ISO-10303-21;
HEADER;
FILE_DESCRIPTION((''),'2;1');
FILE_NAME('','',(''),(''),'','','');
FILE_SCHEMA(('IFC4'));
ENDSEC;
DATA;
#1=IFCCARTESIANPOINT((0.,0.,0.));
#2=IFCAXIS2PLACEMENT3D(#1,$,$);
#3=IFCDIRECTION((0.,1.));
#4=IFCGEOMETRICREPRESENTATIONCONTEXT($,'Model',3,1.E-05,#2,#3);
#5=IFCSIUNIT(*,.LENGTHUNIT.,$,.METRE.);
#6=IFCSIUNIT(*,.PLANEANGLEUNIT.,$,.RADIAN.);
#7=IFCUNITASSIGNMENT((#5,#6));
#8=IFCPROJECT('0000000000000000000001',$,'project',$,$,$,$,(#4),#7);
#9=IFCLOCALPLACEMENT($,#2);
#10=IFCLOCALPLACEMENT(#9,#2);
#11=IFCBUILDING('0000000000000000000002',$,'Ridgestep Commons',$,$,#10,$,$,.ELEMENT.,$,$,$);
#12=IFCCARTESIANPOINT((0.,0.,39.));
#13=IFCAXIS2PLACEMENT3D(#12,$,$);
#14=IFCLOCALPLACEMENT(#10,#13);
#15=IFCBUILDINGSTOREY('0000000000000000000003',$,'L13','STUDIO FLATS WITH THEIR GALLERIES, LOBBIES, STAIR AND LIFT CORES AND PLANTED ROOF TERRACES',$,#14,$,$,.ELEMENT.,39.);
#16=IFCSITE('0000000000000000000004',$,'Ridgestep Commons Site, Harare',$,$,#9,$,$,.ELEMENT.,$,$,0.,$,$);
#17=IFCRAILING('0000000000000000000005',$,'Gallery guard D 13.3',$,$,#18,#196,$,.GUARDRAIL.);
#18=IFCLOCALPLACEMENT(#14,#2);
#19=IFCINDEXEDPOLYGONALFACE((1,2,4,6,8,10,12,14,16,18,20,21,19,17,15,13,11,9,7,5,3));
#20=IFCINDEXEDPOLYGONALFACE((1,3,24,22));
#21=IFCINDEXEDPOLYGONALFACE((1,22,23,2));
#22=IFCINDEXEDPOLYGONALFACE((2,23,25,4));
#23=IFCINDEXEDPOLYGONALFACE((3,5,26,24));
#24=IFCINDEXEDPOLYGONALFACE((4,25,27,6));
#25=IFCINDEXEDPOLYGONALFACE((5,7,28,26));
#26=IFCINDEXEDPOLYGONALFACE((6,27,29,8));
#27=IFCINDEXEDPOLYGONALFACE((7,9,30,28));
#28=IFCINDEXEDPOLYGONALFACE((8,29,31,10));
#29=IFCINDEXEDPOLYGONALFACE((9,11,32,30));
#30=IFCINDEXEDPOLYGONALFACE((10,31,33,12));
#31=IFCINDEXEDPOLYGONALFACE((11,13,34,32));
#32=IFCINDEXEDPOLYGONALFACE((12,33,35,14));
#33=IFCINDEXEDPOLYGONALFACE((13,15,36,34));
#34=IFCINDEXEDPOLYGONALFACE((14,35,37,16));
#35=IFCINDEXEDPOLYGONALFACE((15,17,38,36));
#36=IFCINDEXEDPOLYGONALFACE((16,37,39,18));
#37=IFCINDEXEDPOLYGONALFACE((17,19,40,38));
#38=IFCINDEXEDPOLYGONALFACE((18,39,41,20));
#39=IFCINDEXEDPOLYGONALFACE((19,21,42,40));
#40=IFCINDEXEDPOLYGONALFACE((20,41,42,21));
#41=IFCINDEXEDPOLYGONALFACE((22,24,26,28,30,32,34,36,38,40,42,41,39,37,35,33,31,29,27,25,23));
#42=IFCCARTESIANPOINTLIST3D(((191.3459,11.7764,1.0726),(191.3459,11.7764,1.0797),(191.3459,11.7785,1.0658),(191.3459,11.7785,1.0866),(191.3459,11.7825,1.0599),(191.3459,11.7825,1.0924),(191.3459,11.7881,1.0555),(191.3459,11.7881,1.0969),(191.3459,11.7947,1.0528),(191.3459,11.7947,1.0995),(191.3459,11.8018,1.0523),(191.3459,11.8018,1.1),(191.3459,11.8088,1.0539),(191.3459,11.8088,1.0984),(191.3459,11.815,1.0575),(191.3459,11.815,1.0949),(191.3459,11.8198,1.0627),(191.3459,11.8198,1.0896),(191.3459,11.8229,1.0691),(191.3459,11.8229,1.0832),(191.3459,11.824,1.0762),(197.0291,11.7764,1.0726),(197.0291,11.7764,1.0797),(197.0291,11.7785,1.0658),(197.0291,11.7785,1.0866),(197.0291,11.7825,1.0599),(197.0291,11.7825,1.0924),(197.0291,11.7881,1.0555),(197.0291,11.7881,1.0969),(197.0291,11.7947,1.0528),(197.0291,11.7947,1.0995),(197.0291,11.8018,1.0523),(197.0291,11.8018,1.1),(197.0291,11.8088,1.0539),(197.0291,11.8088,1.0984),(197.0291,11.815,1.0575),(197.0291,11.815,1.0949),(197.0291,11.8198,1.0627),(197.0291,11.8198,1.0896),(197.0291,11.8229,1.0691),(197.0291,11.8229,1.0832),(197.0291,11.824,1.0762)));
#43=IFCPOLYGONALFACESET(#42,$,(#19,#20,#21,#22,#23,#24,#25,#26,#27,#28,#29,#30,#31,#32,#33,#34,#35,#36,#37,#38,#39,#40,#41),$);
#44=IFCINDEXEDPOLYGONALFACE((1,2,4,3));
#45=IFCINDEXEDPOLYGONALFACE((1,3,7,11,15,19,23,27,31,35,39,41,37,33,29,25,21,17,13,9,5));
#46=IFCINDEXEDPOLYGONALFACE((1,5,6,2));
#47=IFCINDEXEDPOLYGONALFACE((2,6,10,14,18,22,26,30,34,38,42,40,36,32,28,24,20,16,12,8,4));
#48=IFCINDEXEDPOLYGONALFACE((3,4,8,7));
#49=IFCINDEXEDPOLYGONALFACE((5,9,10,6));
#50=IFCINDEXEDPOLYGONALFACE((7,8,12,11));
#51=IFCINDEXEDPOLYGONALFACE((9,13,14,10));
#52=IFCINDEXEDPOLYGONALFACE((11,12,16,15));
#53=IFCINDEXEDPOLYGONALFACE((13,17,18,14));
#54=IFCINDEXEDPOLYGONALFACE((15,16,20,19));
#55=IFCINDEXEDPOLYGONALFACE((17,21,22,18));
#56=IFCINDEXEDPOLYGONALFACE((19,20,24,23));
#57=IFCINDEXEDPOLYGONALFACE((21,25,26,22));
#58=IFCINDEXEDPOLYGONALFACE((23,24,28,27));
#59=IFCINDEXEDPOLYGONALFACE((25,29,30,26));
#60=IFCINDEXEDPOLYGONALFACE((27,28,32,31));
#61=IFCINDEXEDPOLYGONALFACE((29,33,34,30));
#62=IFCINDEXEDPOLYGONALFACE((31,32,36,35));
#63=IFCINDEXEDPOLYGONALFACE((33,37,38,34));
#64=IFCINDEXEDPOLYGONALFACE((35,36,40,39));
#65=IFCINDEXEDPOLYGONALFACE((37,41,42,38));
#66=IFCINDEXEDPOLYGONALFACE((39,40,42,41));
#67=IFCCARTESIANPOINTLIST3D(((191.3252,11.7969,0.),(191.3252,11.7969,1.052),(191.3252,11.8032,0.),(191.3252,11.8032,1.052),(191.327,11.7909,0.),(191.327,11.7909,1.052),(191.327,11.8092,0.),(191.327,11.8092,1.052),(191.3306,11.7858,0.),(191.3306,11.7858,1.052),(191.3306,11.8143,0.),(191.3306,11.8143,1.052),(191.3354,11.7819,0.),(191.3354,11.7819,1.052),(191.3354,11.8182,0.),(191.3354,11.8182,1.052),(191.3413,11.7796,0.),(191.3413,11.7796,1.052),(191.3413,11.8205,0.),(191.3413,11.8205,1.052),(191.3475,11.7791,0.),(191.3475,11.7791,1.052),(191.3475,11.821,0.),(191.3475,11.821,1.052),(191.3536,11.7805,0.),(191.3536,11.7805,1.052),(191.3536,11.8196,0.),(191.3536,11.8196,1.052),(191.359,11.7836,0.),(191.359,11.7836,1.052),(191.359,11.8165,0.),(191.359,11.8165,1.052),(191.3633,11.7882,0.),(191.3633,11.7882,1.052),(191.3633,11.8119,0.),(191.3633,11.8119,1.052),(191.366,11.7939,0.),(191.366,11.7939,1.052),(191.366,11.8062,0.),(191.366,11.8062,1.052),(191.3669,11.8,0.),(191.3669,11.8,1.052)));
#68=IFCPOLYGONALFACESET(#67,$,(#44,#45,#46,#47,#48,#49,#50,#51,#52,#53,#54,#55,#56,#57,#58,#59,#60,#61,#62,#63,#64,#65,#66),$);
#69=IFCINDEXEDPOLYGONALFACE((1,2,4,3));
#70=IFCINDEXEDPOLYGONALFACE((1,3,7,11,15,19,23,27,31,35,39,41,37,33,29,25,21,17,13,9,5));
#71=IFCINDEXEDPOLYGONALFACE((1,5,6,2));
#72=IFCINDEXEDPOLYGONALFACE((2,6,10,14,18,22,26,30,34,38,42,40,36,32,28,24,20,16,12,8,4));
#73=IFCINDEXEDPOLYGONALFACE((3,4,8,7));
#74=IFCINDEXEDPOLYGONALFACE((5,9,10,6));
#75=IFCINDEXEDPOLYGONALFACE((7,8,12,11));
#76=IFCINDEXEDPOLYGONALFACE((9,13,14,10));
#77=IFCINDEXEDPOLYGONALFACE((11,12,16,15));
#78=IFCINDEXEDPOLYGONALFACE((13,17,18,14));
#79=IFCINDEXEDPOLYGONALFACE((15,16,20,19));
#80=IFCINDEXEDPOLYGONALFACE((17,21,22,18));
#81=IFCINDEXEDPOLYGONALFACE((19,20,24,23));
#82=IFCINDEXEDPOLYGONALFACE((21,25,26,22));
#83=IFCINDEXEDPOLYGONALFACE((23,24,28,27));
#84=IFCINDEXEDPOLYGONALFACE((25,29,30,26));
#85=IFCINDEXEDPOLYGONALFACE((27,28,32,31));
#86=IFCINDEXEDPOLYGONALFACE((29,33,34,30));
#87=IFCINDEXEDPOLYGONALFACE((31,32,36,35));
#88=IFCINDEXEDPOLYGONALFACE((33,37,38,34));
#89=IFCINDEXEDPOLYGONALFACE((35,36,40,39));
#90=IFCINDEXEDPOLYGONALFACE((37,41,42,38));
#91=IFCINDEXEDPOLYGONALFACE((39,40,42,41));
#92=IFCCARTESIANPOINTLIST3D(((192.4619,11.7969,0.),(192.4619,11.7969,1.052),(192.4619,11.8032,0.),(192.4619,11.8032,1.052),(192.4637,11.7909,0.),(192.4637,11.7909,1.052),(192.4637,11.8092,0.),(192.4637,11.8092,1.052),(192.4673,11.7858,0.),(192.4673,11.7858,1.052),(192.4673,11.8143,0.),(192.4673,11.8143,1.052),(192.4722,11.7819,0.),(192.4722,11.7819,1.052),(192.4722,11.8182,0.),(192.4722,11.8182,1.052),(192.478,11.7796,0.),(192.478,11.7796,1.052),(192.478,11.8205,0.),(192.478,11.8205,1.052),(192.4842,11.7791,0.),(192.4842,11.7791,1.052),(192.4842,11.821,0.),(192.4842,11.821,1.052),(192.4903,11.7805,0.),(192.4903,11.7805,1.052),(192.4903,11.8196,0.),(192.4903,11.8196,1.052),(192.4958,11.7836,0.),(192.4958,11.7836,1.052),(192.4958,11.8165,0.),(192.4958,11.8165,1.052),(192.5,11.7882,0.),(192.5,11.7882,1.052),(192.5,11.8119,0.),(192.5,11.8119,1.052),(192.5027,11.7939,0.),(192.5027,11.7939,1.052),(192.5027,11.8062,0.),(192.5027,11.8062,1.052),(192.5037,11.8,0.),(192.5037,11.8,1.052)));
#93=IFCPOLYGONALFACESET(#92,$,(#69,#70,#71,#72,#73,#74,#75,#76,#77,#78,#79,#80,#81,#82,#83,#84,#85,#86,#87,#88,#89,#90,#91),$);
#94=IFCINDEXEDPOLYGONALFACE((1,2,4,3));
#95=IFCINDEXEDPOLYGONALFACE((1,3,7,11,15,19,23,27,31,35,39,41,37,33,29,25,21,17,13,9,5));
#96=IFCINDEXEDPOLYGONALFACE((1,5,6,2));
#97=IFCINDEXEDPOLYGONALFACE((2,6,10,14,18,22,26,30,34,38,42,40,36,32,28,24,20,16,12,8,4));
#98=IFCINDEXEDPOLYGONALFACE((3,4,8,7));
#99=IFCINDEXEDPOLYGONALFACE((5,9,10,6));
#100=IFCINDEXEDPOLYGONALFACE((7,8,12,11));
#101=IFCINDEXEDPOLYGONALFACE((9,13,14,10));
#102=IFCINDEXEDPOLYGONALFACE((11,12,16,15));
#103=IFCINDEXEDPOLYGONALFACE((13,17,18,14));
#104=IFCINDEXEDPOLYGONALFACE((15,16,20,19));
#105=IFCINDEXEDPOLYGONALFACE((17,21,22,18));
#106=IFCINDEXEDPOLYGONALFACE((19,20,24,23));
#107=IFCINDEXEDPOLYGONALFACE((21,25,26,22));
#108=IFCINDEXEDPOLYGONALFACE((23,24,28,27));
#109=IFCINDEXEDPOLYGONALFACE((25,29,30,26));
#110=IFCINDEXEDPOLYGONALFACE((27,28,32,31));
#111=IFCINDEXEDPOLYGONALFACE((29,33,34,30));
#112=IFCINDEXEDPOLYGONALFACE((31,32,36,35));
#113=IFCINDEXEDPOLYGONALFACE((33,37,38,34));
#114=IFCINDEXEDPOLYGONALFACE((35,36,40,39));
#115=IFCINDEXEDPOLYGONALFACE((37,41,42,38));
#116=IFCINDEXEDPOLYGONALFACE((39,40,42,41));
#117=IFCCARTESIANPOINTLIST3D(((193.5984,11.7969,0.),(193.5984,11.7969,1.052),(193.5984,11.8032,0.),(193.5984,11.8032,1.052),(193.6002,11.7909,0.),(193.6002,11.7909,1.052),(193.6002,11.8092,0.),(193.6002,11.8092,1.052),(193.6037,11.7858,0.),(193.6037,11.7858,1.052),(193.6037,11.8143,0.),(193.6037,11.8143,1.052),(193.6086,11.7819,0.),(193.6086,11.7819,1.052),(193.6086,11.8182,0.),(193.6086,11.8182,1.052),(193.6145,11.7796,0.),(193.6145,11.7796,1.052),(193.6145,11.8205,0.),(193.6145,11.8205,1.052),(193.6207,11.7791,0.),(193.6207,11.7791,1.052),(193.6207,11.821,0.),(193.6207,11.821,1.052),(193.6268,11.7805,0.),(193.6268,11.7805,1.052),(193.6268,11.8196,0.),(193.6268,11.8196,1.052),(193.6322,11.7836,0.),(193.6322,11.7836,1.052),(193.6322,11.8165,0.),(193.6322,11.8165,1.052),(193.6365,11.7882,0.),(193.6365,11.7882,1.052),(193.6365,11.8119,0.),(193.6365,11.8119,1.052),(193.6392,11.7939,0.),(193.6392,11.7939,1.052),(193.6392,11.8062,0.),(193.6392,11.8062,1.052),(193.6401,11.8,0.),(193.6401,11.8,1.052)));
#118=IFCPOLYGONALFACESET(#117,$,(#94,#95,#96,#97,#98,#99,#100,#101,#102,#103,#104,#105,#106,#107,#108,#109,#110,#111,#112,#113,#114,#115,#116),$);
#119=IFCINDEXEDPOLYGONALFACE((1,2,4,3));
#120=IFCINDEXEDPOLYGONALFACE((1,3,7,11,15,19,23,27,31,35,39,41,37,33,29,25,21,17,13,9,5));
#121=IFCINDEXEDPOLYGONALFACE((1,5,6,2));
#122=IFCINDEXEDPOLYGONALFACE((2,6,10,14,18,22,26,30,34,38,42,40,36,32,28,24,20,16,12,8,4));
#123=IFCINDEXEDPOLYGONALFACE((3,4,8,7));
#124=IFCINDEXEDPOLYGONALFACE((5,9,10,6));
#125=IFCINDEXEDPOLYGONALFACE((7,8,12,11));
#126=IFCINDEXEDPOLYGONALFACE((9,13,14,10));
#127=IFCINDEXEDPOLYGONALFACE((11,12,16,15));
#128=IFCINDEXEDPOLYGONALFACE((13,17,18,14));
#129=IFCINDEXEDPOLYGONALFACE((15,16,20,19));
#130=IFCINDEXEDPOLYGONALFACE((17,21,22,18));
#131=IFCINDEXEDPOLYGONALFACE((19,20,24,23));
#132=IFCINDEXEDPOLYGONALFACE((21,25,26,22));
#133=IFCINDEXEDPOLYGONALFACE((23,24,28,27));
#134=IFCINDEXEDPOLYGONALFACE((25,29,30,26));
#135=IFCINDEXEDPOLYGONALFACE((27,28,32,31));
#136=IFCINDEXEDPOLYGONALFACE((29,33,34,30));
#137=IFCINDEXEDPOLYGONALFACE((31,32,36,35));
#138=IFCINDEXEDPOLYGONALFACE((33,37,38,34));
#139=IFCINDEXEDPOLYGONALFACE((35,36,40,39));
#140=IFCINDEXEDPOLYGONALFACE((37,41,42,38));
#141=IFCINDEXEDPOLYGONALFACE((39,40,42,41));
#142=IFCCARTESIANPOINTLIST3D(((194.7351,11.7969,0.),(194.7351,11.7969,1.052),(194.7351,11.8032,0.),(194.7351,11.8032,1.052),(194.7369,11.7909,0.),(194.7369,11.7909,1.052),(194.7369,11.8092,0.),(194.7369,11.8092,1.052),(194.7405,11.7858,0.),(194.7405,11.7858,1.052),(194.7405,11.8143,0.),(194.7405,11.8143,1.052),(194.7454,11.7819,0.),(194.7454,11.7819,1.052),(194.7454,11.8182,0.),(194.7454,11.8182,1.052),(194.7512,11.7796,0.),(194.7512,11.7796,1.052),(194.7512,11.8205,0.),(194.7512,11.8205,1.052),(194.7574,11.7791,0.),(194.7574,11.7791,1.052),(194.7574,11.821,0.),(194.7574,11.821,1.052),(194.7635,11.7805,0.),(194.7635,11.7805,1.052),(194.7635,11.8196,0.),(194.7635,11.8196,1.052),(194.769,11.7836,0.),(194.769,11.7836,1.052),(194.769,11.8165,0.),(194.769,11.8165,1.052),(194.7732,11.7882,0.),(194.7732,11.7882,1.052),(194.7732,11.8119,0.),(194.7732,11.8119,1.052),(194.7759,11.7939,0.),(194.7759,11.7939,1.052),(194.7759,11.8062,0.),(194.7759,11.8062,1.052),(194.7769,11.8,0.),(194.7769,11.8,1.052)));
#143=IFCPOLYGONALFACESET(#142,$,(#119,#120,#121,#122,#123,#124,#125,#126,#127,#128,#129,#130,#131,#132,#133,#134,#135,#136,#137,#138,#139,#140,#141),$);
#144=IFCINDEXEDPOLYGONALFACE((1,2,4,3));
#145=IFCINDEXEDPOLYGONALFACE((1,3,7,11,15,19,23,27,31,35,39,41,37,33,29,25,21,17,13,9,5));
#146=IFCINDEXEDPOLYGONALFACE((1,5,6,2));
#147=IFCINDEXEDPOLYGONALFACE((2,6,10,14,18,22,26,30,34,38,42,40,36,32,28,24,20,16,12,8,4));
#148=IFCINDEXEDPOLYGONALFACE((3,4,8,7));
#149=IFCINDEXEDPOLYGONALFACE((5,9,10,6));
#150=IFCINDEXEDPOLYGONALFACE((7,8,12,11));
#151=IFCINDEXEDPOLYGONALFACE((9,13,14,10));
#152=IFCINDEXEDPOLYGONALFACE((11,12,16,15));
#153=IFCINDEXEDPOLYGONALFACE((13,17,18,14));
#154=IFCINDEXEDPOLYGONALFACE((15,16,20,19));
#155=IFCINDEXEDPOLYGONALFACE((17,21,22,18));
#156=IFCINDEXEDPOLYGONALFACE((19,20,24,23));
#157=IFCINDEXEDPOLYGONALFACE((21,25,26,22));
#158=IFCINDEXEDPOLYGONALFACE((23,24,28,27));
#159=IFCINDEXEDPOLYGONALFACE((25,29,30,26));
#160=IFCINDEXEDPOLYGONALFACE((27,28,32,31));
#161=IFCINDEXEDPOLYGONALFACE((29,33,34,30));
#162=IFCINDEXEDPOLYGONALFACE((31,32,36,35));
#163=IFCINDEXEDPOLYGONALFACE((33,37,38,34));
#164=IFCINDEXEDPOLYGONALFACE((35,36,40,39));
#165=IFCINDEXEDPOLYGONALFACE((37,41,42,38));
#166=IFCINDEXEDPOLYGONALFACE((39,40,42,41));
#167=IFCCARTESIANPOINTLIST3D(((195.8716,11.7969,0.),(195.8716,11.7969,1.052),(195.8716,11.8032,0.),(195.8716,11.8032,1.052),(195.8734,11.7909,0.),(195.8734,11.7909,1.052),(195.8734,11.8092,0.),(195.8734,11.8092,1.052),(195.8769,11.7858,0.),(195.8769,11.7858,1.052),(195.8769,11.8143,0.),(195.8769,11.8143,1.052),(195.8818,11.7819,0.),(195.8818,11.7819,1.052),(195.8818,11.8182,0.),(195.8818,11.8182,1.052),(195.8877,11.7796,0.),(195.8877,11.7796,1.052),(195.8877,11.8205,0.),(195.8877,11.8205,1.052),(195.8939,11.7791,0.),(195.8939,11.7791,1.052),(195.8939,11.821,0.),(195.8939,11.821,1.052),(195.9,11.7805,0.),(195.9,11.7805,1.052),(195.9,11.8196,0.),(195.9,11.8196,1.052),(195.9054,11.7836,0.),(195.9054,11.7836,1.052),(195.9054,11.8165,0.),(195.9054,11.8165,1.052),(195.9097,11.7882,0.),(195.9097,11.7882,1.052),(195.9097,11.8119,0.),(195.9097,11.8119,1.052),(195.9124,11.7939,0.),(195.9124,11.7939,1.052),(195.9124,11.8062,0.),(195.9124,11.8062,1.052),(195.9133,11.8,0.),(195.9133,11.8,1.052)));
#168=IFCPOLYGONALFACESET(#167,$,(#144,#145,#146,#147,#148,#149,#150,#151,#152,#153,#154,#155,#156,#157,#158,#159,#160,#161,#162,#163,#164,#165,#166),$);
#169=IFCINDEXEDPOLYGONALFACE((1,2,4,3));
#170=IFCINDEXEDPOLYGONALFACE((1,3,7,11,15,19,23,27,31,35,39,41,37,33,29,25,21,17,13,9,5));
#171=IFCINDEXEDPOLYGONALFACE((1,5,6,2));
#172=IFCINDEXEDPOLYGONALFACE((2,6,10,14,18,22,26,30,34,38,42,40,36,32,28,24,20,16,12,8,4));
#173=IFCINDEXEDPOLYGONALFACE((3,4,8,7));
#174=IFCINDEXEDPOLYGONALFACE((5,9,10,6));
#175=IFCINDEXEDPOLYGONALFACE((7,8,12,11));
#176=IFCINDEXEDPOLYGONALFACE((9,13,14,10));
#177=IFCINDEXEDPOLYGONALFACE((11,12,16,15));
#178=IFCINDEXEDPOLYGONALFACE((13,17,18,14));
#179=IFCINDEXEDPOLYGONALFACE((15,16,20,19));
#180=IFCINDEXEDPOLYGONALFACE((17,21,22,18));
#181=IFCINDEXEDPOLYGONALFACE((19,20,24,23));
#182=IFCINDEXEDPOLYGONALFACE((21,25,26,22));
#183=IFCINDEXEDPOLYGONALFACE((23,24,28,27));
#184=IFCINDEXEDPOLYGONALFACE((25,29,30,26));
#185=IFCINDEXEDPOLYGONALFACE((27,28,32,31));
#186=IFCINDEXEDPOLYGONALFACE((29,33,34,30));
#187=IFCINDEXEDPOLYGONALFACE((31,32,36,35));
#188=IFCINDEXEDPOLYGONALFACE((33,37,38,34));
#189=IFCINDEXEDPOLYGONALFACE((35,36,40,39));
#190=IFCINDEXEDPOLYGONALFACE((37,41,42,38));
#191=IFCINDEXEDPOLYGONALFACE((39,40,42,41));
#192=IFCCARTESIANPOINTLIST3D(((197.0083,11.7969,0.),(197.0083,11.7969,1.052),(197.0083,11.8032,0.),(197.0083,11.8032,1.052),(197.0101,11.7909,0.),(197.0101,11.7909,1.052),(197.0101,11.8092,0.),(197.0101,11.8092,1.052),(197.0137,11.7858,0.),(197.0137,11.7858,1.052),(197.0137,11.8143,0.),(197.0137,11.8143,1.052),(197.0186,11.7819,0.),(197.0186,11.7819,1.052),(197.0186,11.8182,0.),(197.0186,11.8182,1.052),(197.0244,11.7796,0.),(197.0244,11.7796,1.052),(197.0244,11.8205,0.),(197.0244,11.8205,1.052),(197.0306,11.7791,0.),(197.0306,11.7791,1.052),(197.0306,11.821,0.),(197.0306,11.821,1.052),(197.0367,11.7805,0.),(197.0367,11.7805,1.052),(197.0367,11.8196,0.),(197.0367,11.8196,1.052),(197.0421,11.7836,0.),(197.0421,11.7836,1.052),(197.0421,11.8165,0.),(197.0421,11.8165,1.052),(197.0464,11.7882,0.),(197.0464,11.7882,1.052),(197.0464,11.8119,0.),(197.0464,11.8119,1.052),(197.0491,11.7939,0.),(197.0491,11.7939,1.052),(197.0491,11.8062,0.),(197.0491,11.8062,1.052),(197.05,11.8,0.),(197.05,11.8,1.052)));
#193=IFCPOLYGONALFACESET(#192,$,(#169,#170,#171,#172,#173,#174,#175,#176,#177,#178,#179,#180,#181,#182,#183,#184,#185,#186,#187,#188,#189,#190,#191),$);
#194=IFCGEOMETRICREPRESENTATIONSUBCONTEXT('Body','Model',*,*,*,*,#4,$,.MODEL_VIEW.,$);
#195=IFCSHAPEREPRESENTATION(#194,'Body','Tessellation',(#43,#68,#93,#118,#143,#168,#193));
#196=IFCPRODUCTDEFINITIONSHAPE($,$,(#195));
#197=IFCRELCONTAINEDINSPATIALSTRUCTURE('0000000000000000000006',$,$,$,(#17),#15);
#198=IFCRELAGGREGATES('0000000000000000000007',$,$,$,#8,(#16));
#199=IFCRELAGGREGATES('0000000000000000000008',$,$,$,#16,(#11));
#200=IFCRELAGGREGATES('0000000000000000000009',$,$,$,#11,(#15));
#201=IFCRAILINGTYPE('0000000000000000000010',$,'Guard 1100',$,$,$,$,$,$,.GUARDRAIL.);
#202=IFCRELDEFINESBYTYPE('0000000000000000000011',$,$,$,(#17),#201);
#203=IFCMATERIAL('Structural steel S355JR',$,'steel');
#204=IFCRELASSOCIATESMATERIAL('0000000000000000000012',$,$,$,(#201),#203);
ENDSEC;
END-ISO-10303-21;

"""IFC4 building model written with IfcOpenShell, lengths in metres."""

from ifc_helpers import new_model, si_unit, direction, frame, origin, origin_2d, place, context, subcontext, project, spatial, circle, extrude, material, type_object, element, save


model = new_model("IFC4")

# Units and contexts
model_context = context("Model", 3, precision=1e-05, world=origin(), true_north=direction((0.0, 1.0)))
body_context = subcontext(model_context, "Body", "Model", "MODEL_VIEW")
ifc_project = project(units=[si_unit("LENGTHUNIT", "METRE"), si_unit("PLANEANGLEUNIT", "RADIAN")], contexts=[model_context])

# Site, building, storey
site_placement = place(None, origin())
site = spatial("IfcSite", under=ifc_project, at=site_placement, Name="Ridgestep Commons Site, Harare", CompositionType="ELEMENT", RefElevation=0.0)
building_placement = place(site_placement, origin())
building = spatial("IfcBuilding", under=site, at=building_placement, Name="Ridgestep Commons", CompositionType="ELEMENT")
storey_placement = place(building_placement, frame((0.0, 0.0, 39.0)))
storey = spatial("IfcBuildingStorey", under=building, at=storey_placement, Name="L13", Description="STUDIO FLATS WITH THEIR GALLERIES, LOBBIES, STAIR AND LIFT CORES AND PLANTED ROOF TERRACES", CompositionType="ELEMENT", Elevation=39.0)

# Railing
ifc_material_1 = material(Name="Structural steel S355JR", Category="steel")
railing_type_1 = type_object("IfcRailingType", Name="Guard 1100", PredefinedType="GUARDRAIL", material=ifc_material_1)
railing_1_placement = place(storey_placement, frame((191.3459, 11.8, 0.0)))
element("IfcRailing", 1, at=railing_1_placement, inside=storey, type_object=railing_type_1, Name="Gallery guard D 13.3", PredefinedType="GUARDRAIL", context=body_context, shape_type="SweptSolid", body=[
    extrude(circle(Radius=0.0239, at=origin_2d()), frame((0.0, 0.0, 1.0762), z_axis=(1.0, 0.0, 0.0), x_axis=(0.0, 1.0, 0.0)), (0.0, 0.0, 1.0), 5.6831),
    extrude(circle(Radius=0.021, at=origin_2d()), origin(), (0.0, 0.0, 1.0), 1.052),
    extrude(circle(Radius=0.021, at=origin_2d()), frame((1.1367, 0.0, 0.0)), (0.0, 0.0, 1.0), 1.052),
    extrude(circle(Radius=0.021, at=origin_2d()), frame((2.2732, 0.0, 0.0)), (0.0, 0.0, 1.0), 1.052),
    extrude(circle(Radius=0.021, at=origin_2d()), frame((3.4099, 0.0, 0.0)), (0.0, 0.0, 1.0), 1.052),
    extrude(circle(Radius=0.021, at=origin_2d()), frame((4.5464, 0.0, 0.0)), (0.0, 0.0, 1.0), 1.052),
    extrude(circle(Radius=0.021, at=origin_2d()), frame((5.6831, 0.0, 0.0)), (0.0, 0.0, 1.0), 1.052),
])

save(model, "model.ifc")
